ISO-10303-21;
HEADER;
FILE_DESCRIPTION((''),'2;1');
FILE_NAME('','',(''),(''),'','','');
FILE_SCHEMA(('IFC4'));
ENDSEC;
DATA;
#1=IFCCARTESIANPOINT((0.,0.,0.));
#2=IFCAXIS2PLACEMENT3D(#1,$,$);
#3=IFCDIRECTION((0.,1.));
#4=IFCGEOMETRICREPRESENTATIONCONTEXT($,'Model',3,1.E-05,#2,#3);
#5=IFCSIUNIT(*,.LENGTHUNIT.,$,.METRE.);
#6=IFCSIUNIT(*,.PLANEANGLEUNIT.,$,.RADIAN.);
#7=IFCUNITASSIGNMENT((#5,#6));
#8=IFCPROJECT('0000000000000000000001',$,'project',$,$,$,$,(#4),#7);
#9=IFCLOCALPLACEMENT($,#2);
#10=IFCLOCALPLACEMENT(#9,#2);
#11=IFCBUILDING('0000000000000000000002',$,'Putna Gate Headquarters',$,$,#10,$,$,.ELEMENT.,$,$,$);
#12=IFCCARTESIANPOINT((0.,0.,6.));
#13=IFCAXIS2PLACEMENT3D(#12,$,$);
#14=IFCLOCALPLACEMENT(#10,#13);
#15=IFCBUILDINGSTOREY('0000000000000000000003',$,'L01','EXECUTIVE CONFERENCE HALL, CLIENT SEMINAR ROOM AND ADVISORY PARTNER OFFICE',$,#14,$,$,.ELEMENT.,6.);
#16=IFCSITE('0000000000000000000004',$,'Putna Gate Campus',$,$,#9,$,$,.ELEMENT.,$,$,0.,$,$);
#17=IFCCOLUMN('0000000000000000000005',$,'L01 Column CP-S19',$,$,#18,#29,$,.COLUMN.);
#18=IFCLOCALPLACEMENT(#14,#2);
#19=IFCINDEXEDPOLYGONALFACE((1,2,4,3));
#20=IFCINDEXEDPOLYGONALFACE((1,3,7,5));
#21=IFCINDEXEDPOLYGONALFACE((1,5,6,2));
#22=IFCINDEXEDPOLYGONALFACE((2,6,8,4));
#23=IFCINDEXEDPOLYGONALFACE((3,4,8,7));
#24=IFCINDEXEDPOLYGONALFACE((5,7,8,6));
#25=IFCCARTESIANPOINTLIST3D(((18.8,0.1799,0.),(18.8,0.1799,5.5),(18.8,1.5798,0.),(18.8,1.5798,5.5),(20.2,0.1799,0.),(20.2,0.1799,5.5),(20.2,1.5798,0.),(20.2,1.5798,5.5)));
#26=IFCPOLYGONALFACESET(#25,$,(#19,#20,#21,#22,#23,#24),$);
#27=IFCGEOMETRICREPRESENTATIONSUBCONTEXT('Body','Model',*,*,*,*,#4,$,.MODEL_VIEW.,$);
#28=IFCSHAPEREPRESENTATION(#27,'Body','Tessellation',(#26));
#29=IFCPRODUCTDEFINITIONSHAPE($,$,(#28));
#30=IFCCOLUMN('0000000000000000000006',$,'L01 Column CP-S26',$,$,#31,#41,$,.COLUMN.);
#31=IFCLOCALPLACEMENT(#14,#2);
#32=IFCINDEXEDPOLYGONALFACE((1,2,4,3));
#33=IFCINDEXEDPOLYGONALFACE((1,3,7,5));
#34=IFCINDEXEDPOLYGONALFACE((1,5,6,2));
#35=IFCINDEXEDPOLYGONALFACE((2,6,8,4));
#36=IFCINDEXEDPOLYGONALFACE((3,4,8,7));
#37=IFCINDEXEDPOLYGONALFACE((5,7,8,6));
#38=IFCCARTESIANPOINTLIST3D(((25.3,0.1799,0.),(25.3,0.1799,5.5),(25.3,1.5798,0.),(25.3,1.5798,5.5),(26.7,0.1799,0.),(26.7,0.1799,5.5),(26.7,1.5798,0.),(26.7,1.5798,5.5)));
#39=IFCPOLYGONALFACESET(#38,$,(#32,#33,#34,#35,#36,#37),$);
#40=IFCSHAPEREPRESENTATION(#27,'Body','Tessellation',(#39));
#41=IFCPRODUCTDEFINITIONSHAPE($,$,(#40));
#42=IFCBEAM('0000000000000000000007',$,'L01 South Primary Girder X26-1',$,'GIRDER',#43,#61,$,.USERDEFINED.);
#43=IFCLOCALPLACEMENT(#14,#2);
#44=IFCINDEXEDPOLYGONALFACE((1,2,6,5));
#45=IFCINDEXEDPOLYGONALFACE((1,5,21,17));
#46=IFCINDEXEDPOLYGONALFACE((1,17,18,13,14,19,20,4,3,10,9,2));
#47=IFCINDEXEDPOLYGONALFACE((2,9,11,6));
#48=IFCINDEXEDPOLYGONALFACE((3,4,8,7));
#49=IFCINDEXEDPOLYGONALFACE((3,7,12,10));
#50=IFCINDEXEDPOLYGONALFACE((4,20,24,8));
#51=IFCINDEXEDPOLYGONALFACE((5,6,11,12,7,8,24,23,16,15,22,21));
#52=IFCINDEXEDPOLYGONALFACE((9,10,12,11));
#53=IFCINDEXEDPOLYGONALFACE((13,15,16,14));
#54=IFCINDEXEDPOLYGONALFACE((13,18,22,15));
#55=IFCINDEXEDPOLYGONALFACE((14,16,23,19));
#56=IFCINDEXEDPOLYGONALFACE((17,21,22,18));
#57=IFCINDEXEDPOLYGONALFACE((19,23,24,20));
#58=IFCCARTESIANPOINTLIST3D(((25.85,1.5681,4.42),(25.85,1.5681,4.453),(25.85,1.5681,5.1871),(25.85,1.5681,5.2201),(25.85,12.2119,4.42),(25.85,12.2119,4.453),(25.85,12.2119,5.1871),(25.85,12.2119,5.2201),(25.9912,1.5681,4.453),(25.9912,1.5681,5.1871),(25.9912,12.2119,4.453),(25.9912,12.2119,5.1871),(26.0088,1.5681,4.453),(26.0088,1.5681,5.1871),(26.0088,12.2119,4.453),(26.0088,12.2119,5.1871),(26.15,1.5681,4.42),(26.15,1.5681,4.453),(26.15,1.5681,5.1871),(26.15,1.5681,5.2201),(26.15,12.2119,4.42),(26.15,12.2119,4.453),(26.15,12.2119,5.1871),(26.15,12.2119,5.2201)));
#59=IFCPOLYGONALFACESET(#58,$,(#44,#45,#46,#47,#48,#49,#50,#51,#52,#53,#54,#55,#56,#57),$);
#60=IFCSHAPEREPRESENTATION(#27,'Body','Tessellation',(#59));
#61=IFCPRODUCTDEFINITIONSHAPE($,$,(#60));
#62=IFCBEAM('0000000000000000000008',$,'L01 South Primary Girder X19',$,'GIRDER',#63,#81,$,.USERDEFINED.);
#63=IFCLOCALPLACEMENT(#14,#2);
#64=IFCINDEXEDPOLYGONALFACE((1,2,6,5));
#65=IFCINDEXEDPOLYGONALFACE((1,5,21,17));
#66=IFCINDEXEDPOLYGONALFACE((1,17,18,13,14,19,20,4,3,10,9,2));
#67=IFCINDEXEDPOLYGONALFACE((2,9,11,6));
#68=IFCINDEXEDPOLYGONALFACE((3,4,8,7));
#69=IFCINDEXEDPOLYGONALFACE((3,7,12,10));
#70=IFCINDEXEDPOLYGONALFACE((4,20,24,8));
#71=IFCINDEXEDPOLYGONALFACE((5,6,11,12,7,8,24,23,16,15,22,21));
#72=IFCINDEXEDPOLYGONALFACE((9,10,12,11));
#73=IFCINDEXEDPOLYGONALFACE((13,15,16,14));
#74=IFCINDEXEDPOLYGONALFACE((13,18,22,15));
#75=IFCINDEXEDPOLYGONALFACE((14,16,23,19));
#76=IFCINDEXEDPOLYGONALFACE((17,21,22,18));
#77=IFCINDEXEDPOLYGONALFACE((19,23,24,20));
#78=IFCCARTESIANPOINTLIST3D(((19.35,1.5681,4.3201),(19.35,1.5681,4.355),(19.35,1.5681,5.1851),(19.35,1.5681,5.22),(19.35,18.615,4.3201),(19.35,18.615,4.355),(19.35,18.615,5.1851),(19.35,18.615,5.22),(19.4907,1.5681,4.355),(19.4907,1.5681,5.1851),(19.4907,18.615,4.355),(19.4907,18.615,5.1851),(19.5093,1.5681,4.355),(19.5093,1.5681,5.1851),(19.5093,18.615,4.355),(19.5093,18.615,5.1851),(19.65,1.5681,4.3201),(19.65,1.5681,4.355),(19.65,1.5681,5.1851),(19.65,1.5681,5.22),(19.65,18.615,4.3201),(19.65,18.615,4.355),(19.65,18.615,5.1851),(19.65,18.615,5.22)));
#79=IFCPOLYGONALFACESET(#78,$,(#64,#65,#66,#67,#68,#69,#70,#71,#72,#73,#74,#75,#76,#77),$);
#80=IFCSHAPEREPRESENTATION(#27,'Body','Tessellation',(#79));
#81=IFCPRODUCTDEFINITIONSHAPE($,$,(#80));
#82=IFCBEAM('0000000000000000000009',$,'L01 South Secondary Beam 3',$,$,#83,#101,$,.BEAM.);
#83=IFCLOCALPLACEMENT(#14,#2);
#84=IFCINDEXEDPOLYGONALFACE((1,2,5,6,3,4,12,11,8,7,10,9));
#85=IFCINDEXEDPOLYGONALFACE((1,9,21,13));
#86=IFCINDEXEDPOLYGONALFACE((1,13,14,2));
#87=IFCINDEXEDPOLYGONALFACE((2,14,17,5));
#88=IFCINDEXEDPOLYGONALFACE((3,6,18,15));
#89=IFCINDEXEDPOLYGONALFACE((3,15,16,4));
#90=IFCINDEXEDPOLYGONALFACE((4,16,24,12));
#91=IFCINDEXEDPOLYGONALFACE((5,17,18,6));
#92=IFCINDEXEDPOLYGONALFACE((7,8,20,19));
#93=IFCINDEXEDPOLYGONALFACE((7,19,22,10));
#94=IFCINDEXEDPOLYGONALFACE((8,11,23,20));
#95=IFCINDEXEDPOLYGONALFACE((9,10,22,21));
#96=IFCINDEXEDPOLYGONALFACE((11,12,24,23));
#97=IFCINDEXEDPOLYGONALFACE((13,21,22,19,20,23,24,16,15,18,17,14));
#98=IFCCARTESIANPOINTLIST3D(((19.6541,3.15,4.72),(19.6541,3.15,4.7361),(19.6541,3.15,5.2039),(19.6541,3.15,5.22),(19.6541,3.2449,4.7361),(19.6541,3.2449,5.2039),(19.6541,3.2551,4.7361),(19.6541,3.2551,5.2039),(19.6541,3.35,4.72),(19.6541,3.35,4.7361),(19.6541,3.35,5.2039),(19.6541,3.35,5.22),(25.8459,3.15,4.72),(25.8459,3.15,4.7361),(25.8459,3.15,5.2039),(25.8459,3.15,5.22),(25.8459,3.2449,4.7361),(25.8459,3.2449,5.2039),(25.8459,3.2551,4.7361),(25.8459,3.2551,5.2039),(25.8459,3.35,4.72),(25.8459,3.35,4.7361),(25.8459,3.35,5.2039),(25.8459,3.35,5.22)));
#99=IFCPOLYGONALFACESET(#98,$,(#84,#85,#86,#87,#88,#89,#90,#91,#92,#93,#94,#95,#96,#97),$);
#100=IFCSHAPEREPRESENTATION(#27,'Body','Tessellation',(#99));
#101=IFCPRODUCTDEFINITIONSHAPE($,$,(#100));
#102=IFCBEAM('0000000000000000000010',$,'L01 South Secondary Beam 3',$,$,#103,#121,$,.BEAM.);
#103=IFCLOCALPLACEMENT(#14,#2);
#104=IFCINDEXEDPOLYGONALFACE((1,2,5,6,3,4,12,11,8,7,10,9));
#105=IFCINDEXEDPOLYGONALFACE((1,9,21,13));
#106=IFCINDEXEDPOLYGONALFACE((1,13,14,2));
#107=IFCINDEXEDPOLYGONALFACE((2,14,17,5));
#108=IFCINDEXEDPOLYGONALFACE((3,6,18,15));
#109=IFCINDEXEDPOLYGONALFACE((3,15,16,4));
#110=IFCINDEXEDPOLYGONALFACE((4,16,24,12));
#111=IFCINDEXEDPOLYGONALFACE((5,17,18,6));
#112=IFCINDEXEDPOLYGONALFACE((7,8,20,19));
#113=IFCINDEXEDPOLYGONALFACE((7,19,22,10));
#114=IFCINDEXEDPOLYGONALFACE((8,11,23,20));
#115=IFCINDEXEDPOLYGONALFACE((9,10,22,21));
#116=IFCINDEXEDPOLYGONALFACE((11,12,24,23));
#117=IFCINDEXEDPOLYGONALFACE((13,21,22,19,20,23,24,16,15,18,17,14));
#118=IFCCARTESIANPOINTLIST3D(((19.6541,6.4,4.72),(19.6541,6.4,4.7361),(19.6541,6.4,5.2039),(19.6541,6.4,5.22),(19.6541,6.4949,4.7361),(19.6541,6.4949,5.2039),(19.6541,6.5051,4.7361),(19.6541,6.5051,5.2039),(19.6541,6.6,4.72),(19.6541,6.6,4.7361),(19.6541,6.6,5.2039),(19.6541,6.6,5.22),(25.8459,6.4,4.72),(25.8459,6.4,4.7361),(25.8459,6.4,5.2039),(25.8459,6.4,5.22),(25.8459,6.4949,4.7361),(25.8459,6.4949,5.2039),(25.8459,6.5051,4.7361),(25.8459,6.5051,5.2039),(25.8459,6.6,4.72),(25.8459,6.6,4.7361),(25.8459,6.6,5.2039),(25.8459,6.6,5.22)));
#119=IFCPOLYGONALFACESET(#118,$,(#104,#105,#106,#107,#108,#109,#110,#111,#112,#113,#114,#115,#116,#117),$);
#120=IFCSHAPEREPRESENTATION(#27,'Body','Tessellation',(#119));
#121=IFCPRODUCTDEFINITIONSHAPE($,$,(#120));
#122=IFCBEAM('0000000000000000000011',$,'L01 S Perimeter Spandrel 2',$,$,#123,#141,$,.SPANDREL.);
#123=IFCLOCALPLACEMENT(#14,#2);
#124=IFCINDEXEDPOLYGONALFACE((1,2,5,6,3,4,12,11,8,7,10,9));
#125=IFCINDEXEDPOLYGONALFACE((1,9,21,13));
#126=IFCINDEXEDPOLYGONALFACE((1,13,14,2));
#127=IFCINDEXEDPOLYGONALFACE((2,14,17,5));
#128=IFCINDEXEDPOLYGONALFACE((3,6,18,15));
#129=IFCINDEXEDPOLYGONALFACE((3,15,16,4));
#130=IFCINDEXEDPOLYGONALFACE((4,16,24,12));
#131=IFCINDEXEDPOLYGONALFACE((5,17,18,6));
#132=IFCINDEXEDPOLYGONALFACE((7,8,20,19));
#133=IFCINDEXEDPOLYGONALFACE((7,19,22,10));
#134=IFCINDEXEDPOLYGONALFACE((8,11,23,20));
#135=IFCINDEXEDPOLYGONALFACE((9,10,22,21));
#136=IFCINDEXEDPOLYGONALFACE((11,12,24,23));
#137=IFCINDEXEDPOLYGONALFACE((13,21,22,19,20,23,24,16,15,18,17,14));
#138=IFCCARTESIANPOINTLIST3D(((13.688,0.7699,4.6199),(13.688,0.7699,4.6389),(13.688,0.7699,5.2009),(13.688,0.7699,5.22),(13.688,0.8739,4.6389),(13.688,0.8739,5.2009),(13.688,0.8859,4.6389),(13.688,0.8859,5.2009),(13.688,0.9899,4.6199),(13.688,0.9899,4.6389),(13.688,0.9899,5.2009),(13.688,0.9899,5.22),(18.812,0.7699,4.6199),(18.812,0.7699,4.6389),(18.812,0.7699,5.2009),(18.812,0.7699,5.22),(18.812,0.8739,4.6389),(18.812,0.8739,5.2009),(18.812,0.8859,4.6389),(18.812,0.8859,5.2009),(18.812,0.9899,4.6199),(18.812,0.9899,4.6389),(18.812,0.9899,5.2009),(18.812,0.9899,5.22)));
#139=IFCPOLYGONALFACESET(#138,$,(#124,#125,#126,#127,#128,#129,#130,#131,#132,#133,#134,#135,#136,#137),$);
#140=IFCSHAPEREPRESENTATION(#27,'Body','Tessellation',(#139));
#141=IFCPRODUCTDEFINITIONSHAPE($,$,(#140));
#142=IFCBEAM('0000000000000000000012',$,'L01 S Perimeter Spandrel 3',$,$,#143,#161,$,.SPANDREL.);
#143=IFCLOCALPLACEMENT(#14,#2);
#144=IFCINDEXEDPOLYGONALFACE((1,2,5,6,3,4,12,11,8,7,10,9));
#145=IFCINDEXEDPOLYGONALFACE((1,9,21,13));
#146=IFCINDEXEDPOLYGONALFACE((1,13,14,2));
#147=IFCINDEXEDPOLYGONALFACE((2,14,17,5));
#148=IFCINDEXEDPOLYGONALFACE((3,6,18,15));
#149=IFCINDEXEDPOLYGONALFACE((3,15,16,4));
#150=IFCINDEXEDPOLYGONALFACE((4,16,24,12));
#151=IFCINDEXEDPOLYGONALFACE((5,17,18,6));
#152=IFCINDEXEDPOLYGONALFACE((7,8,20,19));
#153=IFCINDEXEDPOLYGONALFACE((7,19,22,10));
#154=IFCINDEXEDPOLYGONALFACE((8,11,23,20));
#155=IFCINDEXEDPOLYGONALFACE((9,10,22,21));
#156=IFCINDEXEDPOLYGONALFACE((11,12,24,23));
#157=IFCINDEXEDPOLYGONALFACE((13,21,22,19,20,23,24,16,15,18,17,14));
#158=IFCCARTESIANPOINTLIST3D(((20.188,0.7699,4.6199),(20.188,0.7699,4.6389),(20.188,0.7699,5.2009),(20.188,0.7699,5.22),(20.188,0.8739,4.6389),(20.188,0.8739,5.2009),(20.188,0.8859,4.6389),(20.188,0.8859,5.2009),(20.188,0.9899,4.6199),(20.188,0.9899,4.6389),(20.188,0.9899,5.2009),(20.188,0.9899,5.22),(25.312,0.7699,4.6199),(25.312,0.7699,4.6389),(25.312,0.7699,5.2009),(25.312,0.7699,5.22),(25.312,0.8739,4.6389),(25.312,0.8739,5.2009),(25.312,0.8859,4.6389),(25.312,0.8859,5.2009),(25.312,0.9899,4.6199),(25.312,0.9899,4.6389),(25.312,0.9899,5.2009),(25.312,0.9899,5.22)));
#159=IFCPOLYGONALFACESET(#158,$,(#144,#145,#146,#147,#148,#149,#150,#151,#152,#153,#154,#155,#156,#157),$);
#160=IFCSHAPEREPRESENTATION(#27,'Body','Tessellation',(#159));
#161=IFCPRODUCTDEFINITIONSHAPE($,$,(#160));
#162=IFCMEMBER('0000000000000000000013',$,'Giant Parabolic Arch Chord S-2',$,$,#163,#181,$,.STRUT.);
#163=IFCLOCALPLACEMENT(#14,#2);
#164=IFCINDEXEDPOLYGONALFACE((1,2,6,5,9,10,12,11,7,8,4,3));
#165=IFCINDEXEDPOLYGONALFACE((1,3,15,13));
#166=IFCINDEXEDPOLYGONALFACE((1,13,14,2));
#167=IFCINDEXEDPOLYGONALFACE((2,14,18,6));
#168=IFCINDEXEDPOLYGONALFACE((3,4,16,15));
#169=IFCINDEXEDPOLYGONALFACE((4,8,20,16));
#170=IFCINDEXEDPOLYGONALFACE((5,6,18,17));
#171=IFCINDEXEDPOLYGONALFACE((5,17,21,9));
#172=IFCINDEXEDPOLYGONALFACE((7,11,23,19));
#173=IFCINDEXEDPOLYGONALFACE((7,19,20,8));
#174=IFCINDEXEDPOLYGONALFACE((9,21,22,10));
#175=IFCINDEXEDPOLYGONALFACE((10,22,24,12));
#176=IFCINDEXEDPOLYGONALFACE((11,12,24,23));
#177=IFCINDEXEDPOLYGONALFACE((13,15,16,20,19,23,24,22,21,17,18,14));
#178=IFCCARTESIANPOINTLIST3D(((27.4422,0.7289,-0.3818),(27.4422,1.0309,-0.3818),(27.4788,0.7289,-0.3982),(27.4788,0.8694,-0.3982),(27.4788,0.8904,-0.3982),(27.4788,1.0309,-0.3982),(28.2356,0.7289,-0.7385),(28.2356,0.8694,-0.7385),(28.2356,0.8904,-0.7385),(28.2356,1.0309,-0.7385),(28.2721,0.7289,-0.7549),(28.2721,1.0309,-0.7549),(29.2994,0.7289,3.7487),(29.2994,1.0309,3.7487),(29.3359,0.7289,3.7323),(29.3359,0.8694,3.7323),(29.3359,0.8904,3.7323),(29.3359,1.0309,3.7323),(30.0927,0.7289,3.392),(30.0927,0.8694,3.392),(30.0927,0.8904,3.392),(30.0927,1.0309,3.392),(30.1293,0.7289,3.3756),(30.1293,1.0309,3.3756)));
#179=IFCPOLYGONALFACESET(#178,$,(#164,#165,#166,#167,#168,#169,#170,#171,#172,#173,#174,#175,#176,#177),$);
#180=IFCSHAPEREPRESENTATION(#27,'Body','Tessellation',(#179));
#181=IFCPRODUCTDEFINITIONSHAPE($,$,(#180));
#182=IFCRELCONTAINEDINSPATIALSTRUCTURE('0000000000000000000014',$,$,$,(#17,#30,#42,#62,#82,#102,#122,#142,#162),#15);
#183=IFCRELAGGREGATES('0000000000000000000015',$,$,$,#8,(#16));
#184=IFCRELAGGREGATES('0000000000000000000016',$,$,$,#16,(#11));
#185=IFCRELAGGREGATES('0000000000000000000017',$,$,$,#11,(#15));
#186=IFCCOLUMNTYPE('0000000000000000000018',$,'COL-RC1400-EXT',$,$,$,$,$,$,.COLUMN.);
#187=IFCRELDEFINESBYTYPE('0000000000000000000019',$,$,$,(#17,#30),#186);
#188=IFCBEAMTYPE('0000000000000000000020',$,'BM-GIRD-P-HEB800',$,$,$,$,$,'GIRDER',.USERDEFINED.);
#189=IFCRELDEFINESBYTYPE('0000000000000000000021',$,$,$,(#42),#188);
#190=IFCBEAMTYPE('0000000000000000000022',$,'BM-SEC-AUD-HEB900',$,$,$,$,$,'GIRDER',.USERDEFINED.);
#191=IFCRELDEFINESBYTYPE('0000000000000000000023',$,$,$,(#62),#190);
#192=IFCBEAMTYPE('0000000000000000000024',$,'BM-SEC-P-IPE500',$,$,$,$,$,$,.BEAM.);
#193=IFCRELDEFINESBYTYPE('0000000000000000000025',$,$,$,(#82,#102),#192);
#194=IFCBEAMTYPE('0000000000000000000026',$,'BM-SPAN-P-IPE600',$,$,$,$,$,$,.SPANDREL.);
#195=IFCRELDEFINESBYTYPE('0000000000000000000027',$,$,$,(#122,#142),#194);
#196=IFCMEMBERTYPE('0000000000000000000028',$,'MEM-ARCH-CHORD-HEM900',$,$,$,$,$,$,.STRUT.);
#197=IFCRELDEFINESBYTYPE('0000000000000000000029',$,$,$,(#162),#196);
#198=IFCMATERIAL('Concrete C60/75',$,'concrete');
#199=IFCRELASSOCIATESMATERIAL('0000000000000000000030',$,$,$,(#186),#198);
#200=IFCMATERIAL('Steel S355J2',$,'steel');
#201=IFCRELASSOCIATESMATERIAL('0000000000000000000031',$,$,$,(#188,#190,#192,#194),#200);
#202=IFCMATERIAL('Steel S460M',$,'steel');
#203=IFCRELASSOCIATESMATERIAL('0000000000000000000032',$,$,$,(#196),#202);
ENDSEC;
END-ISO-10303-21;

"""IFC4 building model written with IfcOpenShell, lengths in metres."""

from ifc_helpers import new_model, si_unit, direction, frame, origin, origin_2d, place, context, subcontext, project, spatial, rectangle, i_section, extrude, material, material_profile, profile_set, type_object, element, save


model = new_model("IFC4")

# Units and contexts
model_context = context("Model", 3, precision=1e-05, world=origin(), true_north=direction((0.0, 1.0)))
body_context = subcontext(model_context, "Body", "Model", "MODEL_VIEW")
ifc_project = project(units=[si_unit("LENGTHUNIT", "METRE"), si_unit("PLANEANGLEUNIT", "RADIAN")], contexts=[model_context])

# Site, building, storey
site_placement = place(None, origin())
site = spatial("IfcSite", under=ifc_project, at=site_placement, Name="Putna Gate Campus", CompositionType="ELEMENT", RefElevation=0.0)
building_placement = place(site_placement, origin())
building = spatial("IfcBuilding", under=site, at=building_placement, Name="Putna Gate Headquarters", CompositionType="ELEMENT")
storey_placement = place(building_placement, frame((0.0, 0.0, 6.0)))
storey = spatial("IfcBuildingStorey", under=building, at=storey_placement, Name="L01", Description="EXECUTIVE CONFERENCE HALL, CLIENT SEMINAR ROOM AND ADVISORY PARTNER OFFICE", CompositionType="ELEMENT", Elevation=6.0)

# Columns
ifc_material_1 = material(Name="Concrete C60/75", Category="concrete")
ifc_material_profile_1 = material_profile(ifc_material_1, rectangle(XDim=1.3999, YDim=1.3999, at=origin_2d()), Name="Concrete C60/75")
ifc_profile_set_1 = profile_set([ifc_material_profile_1], Name="Concrete C60/75")
column_type = type_object("IfcColumnType", Name="COL-RC1400-EXT", PredefinedType="COLUMN", material=ifc_profile_set_1)
for number, where, z_axis, x_axis, name in (
    (1, (19.5, 0.8799, 0.0), (0.0, 0.0, 1.0), (1.0, 0.0, 0.0), "L01 Column CP-S19"),
    (2, (26.0, 0.8799, 0.0), (0.0, 0.0, 1.0), (1.0, 0.0, 0.0), "L01 Column CP-S26"),
):
    element("IfcColumn", number, at=place(storey_placement, frame(where, z_axis=z_axis, x_axis=x_axis)), inside=storey, type_object=column_type, Name=name, PredefinedType="COLUMN", context=body_context, shape_type="SweptSolid", body=[
        extrude(rectangle(XDim=1.3999, YDim=1.3999, at=origin_2d()), origin(), (0.0, 0.0, 1.0), 5.5),
    ])

# Beams
ifc_material_2 = material(Name="Steel S355J2", Category="steel")
ifc_material_profile_2 = material_profile(ifc_material_2, i_section(OverallWidth=0.3, OverallDepth=0.8, WebThickness=0.0176, FlangeThickness=0.033, at=origin_2d()), Name="Steel S355J2")
ifc_profile_set_2 = profile_set([ifc_material_profile_2], Name="Steel S355J2")
beam_type_1 = type_object("IfcBeamType", Name="BM-GIRD-P-HEB800", ElementType="GIRDER", PredefinedType="USERDEFINED", material=ifc_profile_set_2)
beam_1_placement = place(storey_placement, frame((26.0, 1.5681, 4.8201), z_axis=(0.0, 1.0, 0.0), x_axis=(-1.0, 0.0, 0.0)))
element("IfcBeam", 3, at=beam_1_placement, inside=storey, type_object=beam_type_1, Name="L01 South Primary Girder X26-1", ObjectType="GIRDER", PredefinedType="USERDEFINED", context=body_context, shape_type="SweptSolid", body=[
    extrude(i_section(OverallWidth=0.3, OverallDepth=0.8, WebThickness=0.0176, FlangeThickness=0.033, at=origin_2d()), origin(), (0.0, 0.0, 1.0), 10.6438),
])
ifc_material_profile_3 = material_profile(ifc_material_2, i_section(OverallWidth=0.3, OverallDepth=0.8999, WebThickness=0.0186, FlangeThickness=0.0349, at=origin_2d()), Name="Steel S355J2")
ifc_profile_set_3 = profile_set([ifc_material_profile_3], Name="Steel S355J2")
beam_type_2 = type_object("IfcBeamType", Name="BM-SEC-AUD-HEB900", ElementType="GIRDER", PredefinedType="USERDEFINED", material=ifc_profile_set_3)
beam_2_placement = place(storey_placement, frame((19.5, 1.5681, 4.77), z_axis=(0.0, 1.0, 0.0), x_axis=(-1.0, 0.0, 0.0)))
element("IfcBeam", 4, at=beam_2_placement, inside=storey, type_object=beam_type_2, Name="L01 South Primary Girder X19", ObjectType="GIRDER", PredefinedType="USERDEFINED", context=body_context, shape_type="SweptSolid", body=[
    extrude(i_section(OverallWidth=0.3, OverallDepth=0.8999, WebThickness=0.0186, FlangeThickness=0.0349, at=origin_2d()), origin(), (0.0, 0.0, 1.0), 17.0469),
])
ifc_material_profile_4 = material_profile(ifc_material_2, i_section(OverallWidth=0.2, OverallDepth=0.5, WebThickness=0.0103, FlangeThickness=0.0161, at=origin_2d()), Name="Steel S355J2")
ifc_profile_set_4 = profile_set([ifc_material_profile_4], Name="Steel S355J2")
beam_type_3 = type_object("IfcBeamType", Name="BM-SEC-P-IPE500", PredefinedType="BEAM", material=ifc_profile_set_4)
for number, where, z_axis, x_axis, name in (
    (5, (19.6541, 3.25, 4.97), (1.0, 0.0, 0.0), (0.0, 1.0, 0.0), "L01 South Secondary Beam 3"),
    (6, (19.6541, 6.5, 4.97), (1.0, 0.0, 0.0), (0.0, 1.0, 0.0), "L01 South Secondary Beam 3"),
):
    element("IfcBeam", number, at=place(storey_placement, frame(where, z_axis=z_axis, x_axis=x_axis)), inside=storey, type_object=beam_type_3, Name=name, PredefinedType="BEAM", context=body_context, shape_type="SweptSolid", body=[
        extrude(i_section(OverallWidth=0.2, OverallDepth=0.5, WebThickness=0.0103, FlangeThickness=0.0161, at=origin_2d()), origin(), (0.0, 0.0, 1.0), 6.1919),
    ])
ifc_material_profile_5 = material_profile(ifc_material_2, i_section(OverallWidth=0.22, OverallDepth=0.6001, WebThickness=0.012, FlangeThickness=0.019, at=origin_2d()), Name="Steel S355J2")
ifc_profile_set_5 = profile_set([ifc_material_profile_5], Name="Steel S355J2")
beam_type_4 = type_object("IfcBeamType", Name="BM-SPAN-P-IPE600", PredefinedType="SPANDREL", material=ifc_profile_set_5)
for number, where, z_axis, x_axis, name in (
    (7, (13.688, 0.8799, 4.9199), (1.0, 0.0, 0.0), (0.0, 1.0, 0.0), "L01 S Perimeter Spandrel 2"),
    (8, (20.188, 0.8799, 4.9199), (1.0, 0.0, 0.0), (0.0, 1.0, 0.0), "L01 S Perimeter Spandrel 3"),
):
    element("IfcBeam", number, at=place(storey_placement, frame(where, z_axis=z_axis, x_axis=x_axis)), inside=storey, type_object=beam_type_4, Name=name, PredefinedType="SPANDREL", context=body_context, shape_type="SweptSolid", body=[
        extrude(i_section(OverallWidth=0.22, OverallDepth=0.6001, WebThickness=0.012, FlangeThickness=0.019, at=origin_2d()), origin(), (0.0, 0.0, 1.0), 5.124),
    ])

# Member
ifc_material_3 = material(Name="Steel S460M", Category="steel")
ifc_material_profile_6 = material_profile(ifc_material_3, i_section(OverallWidth=0.302, OverallDepth=0.9099, WebThickness=0.021, FlangeThickness=0.04, at=origin_2d()), Name="Steel S460M")
ifc_profile_set_6 = profile_set([ifc_material_profile_6], Name="Steel S460M")
member_type_1 = type_object("IfcMemberType", Name="MEM-ARCH-CHORD-HEM900", PredefinedType="STRUT", material=ifc_profile_set_6)
member_1_placement = place(storey_placement, frame((27.8572, 0.8799, -0.5684), z_axis=(0.410071, 0.0, 0.912054), x_axis=(0.0, 1.0, 0.0)))
element("IfcMember", 9, at=member_1_placement, inside=storey, type_object=member_type_1, Name="Giant Parabolic Arch Chord S-2", PredefinedType="STRUT", context=body_context, shape_type="SweptSolid", body=[
    extrude(i_section(OverallWidth=0.302, OverallDepth=0.9099, WebThickness=0.021, FlangeThickness=0.04, at=origin_2d()), origin(), (0.0, 0.0, 1.0), 4.5288),
])

save(model, "model.ifc")
